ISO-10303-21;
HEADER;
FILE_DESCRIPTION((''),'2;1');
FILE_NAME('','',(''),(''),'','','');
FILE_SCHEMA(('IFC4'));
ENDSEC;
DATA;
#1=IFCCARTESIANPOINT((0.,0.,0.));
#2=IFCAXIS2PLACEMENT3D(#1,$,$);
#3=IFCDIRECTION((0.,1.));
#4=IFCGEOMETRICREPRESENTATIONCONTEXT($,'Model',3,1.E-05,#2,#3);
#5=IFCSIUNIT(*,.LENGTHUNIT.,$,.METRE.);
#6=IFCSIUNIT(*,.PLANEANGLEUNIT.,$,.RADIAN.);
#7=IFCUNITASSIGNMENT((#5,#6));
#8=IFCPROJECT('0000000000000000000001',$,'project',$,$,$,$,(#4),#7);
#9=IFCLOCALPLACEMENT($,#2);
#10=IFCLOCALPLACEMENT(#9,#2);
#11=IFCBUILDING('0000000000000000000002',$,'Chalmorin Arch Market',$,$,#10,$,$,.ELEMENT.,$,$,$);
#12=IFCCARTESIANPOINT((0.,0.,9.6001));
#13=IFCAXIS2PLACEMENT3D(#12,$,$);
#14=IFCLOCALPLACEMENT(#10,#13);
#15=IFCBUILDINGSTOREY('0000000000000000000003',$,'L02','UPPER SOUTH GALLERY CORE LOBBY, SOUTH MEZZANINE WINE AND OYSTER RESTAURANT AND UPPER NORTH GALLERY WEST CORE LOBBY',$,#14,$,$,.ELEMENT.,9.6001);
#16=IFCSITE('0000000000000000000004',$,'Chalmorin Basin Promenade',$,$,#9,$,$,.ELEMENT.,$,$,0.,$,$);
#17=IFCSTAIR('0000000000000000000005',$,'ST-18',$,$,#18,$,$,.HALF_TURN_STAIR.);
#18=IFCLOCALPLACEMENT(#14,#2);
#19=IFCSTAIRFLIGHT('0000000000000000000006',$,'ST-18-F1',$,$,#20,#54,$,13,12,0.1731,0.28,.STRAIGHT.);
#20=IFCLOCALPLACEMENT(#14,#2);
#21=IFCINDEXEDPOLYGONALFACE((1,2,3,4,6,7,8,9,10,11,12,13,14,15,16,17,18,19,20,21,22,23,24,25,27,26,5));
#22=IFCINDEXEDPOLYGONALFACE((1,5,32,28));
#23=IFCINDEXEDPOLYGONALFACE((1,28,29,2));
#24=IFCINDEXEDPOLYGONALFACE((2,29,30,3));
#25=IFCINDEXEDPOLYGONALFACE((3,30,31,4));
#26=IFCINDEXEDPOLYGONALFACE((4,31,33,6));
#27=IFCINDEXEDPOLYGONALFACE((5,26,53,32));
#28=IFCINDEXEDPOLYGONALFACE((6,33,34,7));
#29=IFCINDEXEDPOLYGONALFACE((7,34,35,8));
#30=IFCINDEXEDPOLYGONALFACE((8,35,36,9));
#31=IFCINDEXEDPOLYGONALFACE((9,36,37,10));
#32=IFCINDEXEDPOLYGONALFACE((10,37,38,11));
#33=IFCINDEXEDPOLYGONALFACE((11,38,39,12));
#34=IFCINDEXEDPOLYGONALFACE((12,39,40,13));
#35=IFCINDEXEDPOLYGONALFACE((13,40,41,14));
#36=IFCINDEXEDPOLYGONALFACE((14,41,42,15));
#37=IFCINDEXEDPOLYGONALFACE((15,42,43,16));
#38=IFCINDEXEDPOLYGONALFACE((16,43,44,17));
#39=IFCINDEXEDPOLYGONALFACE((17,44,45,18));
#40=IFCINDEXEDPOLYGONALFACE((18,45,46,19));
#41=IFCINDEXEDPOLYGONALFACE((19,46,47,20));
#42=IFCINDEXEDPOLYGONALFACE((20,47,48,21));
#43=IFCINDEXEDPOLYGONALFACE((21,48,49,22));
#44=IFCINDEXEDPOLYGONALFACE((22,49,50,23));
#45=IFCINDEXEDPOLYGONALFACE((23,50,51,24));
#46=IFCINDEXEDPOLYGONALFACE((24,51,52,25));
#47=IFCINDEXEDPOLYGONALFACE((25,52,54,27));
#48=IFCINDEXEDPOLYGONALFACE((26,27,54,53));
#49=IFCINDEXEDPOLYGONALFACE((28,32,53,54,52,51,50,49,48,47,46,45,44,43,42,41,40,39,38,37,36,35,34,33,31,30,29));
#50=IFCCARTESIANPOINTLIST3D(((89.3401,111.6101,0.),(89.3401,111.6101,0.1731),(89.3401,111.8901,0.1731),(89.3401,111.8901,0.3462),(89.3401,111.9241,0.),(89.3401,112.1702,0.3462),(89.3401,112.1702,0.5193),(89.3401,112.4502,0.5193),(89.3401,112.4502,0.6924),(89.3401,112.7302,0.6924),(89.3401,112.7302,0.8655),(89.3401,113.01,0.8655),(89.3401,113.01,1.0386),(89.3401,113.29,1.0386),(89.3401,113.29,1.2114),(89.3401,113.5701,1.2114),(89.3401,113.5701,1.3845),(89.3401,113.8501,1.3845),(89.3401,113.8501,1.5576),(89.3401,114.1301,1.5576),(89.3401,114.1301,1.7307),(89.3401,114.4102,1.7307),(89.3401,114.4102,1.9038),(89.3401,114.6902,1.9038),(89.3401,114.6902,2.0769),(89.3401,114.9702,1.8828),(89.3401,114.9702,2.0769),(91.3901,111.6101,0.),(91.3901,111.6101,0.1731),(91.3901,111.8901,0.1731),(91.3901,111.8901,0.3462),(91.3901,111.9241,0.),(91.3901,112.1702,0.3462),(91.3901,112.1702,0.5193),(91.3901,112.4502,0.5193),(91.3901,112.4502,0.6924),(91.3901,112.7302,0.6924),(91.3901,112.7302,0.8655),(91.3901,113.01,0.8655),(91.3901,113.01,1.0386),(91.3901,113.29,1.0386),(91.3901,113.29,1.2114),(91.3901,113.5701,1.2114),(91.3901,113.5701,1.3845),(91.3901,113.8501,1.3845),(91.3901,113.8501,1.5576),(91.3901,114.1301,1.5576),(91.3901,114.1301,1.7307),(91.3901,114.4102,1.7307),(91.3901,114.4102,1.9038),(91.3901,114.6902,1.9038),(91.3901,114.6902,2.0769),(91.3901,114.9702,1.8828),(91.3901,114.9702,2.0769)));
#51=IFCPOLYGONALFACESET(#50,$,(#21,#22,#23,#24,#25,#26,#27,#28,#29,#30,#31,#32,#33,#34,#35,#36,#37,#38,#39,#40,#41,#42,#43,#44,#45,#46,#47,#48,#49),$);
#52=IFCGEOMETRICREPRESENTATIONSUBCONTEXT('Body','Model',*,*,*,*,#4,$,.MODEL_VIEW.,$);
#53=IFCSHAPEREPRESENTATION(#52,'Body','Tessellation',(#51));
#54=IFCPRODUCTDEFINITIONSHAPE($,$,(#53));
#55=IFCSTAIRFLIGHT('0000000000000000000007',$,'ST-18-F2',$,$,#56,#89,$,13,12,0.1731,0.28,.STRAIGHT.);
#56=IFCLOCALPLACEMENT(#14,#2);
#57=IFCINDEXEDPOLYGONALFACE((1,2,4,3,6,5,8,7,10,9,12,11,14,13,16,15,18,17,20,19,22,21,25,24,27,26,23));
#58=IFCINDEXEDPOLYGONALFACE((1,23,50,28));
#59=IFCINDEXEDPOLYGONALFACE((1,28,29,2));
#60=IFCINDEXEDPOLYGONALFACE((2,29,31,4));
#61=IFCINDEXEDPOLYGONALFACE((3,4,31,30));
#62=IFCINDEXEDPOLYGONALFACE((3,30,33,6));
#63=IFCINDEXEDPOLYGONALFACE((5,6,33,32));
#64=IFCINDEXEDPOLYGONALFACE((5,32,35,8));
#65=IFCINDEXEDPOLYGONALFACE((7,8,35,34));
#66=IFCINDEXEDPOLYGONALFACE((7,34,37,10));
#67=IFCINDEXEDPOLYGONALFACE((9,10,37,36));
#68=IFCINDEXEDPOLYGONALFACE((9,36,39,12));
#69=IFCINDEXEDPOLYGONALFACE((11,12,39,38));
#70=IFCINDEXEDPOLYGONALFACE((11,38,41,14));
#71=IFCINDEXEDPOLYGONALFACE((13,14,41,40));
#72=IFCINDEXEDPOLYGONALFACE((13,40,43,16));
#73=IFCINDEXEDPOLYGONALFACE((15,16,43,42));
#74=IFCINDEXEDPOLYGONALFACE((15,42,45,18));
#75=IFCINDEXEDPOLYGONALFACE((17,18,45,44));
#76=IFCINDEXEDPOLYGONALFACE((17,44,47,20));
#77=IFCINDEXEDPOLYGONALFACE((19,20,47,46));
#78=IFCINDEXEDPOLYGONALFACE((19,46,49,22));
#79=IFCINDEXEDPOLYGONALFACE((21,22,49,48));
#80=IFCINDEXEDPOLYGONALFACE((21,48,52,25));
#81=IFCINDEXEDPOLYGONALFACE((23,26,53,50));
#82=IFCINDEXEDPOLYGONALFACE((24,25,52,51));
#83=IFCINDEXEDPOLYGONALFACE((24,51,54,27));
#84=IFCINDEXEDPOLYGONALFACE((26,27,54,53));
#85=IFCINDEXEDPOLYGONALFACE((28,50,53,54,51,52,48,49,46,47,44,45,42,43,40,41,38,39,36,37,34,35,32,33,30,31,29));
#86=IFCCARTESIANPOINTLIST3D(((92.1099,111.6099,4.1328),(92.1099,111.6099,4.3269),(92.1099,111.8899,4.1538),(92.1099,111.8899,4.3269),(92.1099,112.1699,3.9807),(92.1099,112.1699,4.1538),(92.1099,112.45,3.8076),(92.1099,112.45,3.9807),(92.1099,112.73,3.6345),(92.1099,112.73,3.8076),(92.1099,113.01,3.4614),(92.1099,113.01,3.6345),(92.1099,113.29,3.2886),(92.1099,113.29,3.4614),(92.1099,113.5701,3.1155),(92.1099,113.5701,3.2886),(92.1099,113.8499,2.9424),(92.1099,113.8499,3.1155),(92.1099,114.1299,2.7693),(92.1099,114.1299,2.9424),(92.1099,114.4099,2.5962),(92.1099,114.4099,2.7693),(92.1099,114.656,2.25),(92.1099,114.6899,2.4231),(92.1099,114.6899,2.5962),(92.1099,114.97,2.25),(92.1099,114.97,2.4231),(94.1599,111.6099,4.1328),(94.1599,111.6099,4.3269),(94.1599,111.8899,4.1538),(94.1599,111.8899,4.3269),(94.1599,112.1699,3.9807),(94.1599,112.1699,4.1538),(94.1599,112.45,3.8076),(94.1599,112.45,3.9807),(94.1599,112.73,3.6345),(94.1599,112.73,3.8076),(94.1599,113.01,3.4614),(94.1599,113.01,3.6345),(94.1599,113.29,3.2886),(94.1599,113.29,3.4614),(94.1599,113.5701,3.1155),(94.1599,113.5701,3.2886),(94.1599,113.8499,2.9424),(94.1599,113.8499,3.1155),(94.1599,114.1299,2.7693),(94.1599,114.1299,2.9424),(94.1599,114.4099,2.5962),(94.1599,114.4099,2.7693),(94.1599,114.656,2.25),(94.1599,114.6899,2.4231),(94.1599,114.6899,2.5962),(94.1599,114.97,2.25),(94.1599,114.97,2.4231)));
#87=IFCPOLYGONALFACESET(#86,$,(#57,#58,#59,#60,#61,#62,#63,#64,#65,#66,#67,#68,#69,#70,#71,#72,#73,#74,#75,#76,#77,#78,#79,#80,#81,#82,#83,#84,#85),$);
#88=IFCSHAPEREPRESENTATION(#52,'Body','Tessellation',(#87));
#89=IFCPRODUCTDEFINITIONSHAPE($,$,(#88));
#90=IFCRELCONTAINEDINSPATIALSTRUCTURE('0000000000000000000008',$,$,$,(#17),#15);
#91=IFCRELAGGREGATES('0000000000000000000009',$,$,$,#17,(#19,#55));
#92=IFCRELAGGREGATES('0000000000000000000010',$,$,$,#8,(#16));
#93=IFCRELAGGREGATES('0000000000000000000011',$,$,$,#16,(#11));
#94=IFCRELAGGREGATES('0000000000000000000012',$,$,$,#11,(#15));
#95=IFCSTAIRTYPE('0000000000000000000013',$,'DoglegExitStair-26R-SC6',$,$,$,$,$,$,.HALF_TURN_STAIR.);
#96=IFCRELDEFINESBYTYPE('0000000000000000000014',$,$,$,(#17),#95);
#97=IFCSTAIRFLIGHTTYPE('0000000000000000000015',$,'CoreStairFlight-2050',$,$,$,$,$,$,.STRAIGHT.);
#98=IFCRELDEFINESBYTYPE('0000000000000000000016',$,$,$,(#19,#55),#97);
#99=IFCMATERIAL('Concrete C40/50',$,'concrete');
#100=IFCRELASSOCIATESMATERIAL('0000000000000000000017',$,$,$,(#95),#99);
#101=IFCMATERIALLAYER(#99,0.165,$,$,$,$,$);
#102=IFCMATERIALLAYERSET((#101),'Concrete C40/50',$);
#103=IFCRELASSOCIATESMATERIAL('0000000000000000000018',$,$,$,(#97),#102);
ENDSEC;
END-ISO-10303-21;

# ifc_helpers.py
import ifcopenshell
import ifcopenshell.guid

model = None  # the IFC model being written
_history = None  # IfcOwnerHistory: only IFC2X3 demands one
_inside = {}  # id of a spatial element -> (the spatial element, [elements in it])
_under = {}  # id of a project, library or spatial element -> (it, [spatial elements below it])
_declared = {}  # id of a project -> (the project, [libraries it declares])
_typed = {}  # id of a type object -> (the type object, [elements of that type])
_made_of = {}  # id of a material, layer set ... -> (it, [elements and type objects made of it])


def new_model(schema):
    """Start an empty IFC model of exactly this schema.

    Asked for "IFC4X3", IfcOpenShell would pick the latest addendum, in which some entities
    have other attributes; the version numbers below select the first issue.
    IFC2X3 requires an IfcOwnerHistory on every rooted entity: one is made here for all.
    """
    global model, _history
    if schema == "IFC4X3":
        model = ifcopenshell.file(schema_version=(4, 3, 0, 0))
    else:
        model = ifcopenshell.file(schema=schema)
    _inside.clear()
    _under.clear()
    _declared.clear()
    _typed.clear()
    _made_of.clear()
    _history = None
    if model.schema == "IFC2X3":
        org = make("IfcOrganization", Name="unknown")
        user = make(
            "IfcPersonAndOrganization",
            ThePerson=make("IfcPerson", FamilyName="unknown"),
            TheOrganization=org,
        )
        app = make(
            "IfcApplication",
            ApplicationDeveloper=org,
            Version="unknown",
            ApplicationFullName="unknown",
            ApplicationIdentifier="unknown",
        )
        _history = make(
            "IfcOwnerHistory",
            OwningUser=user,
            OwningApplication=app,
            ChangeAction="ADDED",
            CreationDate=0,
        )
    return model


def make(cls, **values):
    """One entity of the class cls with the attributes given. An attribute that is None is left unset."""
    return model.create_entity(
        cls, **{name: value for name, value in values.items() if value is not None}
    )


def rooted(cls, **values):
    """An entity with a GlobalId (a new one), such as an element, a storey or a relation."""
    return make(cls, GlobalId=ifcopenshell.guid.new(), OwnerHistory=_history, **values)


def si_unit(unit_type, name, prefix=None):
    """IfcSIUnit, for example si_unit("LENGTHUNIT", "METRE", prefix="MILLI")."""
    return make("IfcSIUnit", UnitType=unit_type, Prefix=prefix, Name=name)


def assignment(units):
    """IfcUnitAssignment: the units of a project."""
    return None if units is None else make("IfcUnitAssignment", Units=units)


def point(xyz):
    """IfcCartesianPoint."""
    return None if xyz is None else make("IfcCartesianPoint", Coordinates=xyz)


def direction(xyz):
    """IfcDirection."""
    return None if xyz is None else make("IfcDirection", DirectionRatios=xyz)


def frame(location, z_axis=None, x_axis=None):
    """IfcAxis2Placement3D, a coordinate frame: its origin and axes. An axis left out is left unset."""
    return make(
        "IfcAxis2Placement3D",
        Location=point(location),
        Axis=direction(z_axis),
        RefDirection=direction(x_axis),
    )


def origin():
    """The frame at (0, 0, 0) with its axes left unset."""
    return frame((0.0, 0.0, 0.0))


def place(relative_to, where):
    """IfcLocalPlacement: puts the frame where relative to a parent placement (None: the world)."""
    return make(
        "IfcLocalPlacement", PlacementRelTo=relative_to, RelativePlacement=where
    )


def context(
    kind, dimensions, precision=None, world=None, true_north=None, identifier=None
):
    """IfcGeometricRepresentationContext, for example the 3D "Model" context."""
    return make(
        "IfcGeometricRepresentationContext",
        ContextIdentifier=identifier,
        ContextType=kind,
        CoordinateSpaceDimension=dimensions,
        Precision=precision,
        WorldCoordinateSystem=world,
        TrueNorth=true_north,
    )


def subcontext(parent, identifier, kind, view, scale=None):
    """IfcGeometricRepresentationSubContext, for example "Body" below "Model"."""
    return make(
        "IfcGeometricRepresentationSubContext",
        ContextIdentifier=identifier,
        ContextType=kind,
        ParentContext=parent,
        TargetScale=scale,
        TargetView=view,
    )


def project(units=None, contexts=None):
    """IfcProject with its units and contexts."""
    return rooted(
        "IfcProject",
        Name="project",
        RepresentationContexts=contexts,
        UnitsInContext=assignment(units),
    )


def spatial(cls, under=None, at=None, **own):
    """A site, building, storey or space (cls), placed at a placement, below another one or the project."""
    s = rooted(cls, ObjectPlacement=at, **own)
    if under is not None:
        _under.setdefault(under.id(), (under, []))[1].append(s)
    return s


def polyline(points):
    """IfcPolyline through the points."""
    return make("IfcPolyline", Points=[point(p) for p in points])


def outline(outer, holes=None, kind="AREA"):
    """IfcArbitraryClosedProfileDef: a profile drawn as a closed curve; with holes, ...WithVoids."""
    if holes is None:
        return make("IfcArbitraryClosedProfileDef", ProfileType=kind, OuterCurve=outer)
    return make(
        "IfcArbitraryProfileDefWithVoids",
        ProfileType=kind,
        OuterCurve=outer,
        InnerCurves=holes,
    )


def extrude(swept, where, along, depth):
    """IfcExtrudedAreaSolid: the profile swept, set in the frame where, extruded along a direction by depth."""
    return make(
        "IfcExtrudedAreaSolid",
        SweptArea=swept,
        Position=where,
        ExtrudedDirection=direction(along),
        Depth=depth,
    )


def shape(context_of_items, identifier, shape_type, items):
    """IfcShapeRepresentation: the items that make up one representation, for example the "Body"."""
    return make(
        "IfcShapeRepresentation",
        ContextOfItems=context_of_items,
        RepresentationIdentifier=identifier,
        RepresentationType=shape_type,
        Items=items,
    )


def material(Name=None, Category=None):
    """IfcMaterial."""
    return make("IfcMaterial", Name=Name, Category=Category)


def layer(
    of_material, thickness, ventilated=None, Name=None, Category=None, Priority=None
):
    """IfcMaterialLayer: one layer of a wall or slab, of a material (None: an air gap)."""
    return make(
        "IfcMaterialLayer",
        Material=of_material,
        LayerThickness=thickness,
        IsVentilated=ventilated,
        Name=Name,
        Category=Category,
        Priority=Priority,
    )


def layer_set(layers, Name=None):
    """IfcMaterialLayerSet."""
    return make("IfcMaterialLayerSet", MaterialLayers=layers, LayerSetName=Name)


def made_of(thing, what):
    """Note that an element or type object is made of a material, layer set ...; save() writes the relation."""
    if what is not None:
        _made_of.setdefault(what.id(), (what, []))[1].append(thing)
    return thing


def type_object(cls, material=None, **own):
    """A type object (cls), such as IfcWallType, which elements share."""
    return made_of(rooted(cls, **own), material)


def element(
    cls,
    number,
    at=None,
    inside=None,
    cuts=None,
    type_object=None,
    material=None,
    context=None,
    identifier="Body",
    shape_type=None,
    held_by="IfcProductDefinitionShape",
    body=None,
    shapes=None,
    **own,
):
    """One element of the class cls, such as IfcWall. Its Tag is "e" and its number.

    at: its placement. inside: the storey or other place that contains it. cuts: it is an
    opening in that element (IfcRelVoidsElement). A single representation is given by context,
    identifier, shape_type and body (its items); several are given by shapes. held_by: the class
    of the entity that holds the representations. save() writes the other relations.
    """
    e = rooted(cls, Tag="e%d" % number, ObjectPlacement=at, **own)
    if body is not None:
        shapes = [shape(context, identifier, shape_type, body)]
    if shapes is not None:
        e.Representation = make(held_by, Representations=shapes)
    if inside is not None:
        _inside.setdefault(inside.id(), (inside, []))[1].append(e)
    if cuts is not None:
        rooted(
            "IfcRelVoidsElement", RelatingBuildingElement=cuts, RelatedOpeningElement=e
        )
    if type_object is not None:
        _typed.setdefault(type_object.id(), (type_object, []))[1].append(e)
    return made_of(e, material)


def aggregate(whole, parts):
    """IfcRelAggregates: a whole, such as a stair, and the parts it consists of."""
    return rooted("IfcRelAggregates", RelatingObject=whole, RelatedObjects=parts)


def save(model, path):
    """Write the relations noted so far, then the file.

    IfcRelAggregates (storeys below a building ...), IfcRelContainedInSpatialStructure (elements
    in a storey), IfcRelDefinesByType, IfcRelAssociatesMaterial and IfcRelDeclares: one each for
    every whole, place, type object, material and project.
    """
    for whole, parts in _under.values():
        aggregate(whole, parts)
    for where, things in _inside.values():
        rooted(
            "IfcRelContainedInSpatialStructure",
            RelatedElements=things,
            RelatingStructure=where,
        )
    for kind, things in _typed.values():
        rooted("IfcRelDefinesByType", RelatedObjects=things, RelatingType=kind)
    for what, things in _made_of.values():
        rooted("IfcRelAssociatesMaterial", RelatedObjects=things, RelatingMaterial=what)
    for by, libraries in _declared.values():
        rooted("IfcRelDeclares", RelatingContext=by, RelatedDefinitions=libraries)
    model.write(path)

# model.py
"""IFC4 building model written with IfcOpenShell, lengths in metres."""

from ifc_helpers import new_model, si_unit, direction, frame, origin, place, context, subcontext, project, spatial, polyline, outline, extrude, material, layer, layer_set, type_object, element, aggregate, save


model = new_model("IFC4")

# Units and contexts
model_context = context("Model", 3, precision=1e-05, world=origin(), true_north=direction((0.0, 1.0)))
body_context = subcontext(model_context, "Body", "Model", "MODEL_VIEW")
ifc_project = project(units=[si_unit("LENGTHUNIT", "METRE"), si_unit("PLANEANGLEUNIT", "RADIAN")], contexts=[model_context])

# Site, building, storey
site_placement = place(None, origin())
site = spatial("IfcSite", under=ifc_project, at=site_placement, Name="Chalmorin Basin Promenade", CompositionType="ELEMENT", RefElevation=0.0)
building_placement = place(site_placement, origin())
building = spatial("IfcBuilding", under=site, at=building_placement, Name="Chalmorin Arch Market", CompositionType="ELEMENT")
storey_placement = place(building_placement, frame((0.0, 0.0, 9.6001)))
storey = spatial("IfcBuildingStorey", under=building, at=storey_placement, Name="L02", Description="UPPER SOUTH GALLERY CORE LOBBY, SOUTH MEZZANINE WINE AND OYSTER RESTAURANT AND UPPER NORTH GALLERY WEST CORE LOBBY", CompositionType="ELEMENT", Elevation=9.6001)

# Shared definitions
ifc_material_1 = material(Name="Concrete C40/50", Category="concrete")

# Stair, stair flights
stair_type = type_object("IfcStairType", Name="DoglegExitStair-26R-SC6", PredefinedType="HALF_TURN_STAIR", material=ifc_material_1)
stair_placement = place(storey_placement, origin())
stair = element("IfcStair", 1, at=stair_placement, inside=storey, type_object=stair_type, Name="ST-18", PredefinedType="HALF_TURN_STAIR")
ifc_layer_1 = layer(ifc_material_1, 0.165)
ifc_layer_set_1 = layer_set([ifc_layer_1], Name="Concrete C40/50")
stair_flight_type = type_object("IfcStairFlightType", Name="CoreStairFlight-2050", PredefinedType="STRAIGHT", material=ifc_layer_set_1)
stair_flight_1_placement = place(storey_placement, frame((90.365, 111.6101, 0.0), z_axis=(0.0, 0.0, 1.0), x_axis=(0.0, 1.0, 0.0)))
stair_flight_1 = element("IfcStairFlight", 2, at=stair_flight_1_placement, type_object=stair_flight_type, Name="ST-18-F1", NumberOfRisers=13, NumberOfTreads=12, PredefinedType="STRAIGHT", RiserHeight=0.1731, TreadLength=0.28, context=body_context, shape_type="SweptSolid", body=[
    extrude(outline(polyline([(0.0, 0.0), (0.0, 0.1731), (0.28, 0.1731), (0.28, 0.3462), (0.5601, 0.3462), (0.5601, 0.5193), (0.8401, 0.5193), (0.8401, 0.6924), (1.1201, 0.6924), (1.1201, 0.8655), (1.3999, 0.8655), (1.3999, 1.0386), (1.6799, 1.0386), (1.6799, 1.2114), (1.96, 1.2114), (1.96, 1.3845), (2.24, 1.3845), (2.24, 1.5576), (2.52, 1.5576), (2.52, 1.7307), (2.8, 1.7307), (2.8, 1.9038), (3.0801, 1.9038), (3.0801, 2.0769), (3.3601, 2.0769), (3.3601, 2.25), (3.3601, 1.8828), (0.314, 0.0), (0.0, 0.0)])), frame((0.0, 1.0249, 0.0), z_axis=(0.0, -1.0, 0.0), x_axis=(1.0, 0.0, 0.0)), (0.0, 0.0, 1.0), 2.05),
])
stair_flight_2_placement = place(storey_placement, frame((93.135, 114.97, 2.25), z_axis=(0.0, 0.0, 1.0), x_axis=(0.0, -1.0, 0.0)))
stair_flight_2 = element("IfcStairFlight", 3, at=stair_flight_2_placement, type_object=stair_flight_type, Name="ST-18-F2", NumberOfRisers=13, NumberOfTreads=12, PredefinedType="STRAIGHT", RiserHeight=0.1731, TreadLength=0.28, context=body_context, shape_type="SweptSolid", body=[
    extrude(outline(polyline([(0.0, 0.0), (0.0, 0.1731), (0.28, 0.1731), (0.28, 0.3462), (0.5601, 0.3462), (0.5601, 0.5193), (0.8401, 0.5193), (0.8401, 0.6924), (1.1201, 0.6924), (1.1201, 0.8655), (1.3999, 0.8655), (1.3999, 1.0386), (1.6799, 1.0386), (1.6799, 1.2114), (1.96, 1.2114), (1.96, 1.3845), (2.24, 1.3845), (2.24, 1.5576), (2.52, 1.5576), (2.52, 1.7307), (2.8, 1.7307), (2.8, 1.9038), (3.0801, 1.9038), (3.0801, 2.0769), (3.3601, 2.0769), (3.3601, 2.25), (3.3601, 1.8828), (0.314, 0.0), (0.0, 0.0)])), frame((0.0, 1.0249, 0.0), z_axis=(0.0, -1.0, 0.0), x_axis=(1.0, 0.0, 0.0)), (0.0, 0.0, 1.0), 2.05),
])
aggregate(stair, [stair_flight_1, stair_flight_2])

save(model, "model.ifc")
